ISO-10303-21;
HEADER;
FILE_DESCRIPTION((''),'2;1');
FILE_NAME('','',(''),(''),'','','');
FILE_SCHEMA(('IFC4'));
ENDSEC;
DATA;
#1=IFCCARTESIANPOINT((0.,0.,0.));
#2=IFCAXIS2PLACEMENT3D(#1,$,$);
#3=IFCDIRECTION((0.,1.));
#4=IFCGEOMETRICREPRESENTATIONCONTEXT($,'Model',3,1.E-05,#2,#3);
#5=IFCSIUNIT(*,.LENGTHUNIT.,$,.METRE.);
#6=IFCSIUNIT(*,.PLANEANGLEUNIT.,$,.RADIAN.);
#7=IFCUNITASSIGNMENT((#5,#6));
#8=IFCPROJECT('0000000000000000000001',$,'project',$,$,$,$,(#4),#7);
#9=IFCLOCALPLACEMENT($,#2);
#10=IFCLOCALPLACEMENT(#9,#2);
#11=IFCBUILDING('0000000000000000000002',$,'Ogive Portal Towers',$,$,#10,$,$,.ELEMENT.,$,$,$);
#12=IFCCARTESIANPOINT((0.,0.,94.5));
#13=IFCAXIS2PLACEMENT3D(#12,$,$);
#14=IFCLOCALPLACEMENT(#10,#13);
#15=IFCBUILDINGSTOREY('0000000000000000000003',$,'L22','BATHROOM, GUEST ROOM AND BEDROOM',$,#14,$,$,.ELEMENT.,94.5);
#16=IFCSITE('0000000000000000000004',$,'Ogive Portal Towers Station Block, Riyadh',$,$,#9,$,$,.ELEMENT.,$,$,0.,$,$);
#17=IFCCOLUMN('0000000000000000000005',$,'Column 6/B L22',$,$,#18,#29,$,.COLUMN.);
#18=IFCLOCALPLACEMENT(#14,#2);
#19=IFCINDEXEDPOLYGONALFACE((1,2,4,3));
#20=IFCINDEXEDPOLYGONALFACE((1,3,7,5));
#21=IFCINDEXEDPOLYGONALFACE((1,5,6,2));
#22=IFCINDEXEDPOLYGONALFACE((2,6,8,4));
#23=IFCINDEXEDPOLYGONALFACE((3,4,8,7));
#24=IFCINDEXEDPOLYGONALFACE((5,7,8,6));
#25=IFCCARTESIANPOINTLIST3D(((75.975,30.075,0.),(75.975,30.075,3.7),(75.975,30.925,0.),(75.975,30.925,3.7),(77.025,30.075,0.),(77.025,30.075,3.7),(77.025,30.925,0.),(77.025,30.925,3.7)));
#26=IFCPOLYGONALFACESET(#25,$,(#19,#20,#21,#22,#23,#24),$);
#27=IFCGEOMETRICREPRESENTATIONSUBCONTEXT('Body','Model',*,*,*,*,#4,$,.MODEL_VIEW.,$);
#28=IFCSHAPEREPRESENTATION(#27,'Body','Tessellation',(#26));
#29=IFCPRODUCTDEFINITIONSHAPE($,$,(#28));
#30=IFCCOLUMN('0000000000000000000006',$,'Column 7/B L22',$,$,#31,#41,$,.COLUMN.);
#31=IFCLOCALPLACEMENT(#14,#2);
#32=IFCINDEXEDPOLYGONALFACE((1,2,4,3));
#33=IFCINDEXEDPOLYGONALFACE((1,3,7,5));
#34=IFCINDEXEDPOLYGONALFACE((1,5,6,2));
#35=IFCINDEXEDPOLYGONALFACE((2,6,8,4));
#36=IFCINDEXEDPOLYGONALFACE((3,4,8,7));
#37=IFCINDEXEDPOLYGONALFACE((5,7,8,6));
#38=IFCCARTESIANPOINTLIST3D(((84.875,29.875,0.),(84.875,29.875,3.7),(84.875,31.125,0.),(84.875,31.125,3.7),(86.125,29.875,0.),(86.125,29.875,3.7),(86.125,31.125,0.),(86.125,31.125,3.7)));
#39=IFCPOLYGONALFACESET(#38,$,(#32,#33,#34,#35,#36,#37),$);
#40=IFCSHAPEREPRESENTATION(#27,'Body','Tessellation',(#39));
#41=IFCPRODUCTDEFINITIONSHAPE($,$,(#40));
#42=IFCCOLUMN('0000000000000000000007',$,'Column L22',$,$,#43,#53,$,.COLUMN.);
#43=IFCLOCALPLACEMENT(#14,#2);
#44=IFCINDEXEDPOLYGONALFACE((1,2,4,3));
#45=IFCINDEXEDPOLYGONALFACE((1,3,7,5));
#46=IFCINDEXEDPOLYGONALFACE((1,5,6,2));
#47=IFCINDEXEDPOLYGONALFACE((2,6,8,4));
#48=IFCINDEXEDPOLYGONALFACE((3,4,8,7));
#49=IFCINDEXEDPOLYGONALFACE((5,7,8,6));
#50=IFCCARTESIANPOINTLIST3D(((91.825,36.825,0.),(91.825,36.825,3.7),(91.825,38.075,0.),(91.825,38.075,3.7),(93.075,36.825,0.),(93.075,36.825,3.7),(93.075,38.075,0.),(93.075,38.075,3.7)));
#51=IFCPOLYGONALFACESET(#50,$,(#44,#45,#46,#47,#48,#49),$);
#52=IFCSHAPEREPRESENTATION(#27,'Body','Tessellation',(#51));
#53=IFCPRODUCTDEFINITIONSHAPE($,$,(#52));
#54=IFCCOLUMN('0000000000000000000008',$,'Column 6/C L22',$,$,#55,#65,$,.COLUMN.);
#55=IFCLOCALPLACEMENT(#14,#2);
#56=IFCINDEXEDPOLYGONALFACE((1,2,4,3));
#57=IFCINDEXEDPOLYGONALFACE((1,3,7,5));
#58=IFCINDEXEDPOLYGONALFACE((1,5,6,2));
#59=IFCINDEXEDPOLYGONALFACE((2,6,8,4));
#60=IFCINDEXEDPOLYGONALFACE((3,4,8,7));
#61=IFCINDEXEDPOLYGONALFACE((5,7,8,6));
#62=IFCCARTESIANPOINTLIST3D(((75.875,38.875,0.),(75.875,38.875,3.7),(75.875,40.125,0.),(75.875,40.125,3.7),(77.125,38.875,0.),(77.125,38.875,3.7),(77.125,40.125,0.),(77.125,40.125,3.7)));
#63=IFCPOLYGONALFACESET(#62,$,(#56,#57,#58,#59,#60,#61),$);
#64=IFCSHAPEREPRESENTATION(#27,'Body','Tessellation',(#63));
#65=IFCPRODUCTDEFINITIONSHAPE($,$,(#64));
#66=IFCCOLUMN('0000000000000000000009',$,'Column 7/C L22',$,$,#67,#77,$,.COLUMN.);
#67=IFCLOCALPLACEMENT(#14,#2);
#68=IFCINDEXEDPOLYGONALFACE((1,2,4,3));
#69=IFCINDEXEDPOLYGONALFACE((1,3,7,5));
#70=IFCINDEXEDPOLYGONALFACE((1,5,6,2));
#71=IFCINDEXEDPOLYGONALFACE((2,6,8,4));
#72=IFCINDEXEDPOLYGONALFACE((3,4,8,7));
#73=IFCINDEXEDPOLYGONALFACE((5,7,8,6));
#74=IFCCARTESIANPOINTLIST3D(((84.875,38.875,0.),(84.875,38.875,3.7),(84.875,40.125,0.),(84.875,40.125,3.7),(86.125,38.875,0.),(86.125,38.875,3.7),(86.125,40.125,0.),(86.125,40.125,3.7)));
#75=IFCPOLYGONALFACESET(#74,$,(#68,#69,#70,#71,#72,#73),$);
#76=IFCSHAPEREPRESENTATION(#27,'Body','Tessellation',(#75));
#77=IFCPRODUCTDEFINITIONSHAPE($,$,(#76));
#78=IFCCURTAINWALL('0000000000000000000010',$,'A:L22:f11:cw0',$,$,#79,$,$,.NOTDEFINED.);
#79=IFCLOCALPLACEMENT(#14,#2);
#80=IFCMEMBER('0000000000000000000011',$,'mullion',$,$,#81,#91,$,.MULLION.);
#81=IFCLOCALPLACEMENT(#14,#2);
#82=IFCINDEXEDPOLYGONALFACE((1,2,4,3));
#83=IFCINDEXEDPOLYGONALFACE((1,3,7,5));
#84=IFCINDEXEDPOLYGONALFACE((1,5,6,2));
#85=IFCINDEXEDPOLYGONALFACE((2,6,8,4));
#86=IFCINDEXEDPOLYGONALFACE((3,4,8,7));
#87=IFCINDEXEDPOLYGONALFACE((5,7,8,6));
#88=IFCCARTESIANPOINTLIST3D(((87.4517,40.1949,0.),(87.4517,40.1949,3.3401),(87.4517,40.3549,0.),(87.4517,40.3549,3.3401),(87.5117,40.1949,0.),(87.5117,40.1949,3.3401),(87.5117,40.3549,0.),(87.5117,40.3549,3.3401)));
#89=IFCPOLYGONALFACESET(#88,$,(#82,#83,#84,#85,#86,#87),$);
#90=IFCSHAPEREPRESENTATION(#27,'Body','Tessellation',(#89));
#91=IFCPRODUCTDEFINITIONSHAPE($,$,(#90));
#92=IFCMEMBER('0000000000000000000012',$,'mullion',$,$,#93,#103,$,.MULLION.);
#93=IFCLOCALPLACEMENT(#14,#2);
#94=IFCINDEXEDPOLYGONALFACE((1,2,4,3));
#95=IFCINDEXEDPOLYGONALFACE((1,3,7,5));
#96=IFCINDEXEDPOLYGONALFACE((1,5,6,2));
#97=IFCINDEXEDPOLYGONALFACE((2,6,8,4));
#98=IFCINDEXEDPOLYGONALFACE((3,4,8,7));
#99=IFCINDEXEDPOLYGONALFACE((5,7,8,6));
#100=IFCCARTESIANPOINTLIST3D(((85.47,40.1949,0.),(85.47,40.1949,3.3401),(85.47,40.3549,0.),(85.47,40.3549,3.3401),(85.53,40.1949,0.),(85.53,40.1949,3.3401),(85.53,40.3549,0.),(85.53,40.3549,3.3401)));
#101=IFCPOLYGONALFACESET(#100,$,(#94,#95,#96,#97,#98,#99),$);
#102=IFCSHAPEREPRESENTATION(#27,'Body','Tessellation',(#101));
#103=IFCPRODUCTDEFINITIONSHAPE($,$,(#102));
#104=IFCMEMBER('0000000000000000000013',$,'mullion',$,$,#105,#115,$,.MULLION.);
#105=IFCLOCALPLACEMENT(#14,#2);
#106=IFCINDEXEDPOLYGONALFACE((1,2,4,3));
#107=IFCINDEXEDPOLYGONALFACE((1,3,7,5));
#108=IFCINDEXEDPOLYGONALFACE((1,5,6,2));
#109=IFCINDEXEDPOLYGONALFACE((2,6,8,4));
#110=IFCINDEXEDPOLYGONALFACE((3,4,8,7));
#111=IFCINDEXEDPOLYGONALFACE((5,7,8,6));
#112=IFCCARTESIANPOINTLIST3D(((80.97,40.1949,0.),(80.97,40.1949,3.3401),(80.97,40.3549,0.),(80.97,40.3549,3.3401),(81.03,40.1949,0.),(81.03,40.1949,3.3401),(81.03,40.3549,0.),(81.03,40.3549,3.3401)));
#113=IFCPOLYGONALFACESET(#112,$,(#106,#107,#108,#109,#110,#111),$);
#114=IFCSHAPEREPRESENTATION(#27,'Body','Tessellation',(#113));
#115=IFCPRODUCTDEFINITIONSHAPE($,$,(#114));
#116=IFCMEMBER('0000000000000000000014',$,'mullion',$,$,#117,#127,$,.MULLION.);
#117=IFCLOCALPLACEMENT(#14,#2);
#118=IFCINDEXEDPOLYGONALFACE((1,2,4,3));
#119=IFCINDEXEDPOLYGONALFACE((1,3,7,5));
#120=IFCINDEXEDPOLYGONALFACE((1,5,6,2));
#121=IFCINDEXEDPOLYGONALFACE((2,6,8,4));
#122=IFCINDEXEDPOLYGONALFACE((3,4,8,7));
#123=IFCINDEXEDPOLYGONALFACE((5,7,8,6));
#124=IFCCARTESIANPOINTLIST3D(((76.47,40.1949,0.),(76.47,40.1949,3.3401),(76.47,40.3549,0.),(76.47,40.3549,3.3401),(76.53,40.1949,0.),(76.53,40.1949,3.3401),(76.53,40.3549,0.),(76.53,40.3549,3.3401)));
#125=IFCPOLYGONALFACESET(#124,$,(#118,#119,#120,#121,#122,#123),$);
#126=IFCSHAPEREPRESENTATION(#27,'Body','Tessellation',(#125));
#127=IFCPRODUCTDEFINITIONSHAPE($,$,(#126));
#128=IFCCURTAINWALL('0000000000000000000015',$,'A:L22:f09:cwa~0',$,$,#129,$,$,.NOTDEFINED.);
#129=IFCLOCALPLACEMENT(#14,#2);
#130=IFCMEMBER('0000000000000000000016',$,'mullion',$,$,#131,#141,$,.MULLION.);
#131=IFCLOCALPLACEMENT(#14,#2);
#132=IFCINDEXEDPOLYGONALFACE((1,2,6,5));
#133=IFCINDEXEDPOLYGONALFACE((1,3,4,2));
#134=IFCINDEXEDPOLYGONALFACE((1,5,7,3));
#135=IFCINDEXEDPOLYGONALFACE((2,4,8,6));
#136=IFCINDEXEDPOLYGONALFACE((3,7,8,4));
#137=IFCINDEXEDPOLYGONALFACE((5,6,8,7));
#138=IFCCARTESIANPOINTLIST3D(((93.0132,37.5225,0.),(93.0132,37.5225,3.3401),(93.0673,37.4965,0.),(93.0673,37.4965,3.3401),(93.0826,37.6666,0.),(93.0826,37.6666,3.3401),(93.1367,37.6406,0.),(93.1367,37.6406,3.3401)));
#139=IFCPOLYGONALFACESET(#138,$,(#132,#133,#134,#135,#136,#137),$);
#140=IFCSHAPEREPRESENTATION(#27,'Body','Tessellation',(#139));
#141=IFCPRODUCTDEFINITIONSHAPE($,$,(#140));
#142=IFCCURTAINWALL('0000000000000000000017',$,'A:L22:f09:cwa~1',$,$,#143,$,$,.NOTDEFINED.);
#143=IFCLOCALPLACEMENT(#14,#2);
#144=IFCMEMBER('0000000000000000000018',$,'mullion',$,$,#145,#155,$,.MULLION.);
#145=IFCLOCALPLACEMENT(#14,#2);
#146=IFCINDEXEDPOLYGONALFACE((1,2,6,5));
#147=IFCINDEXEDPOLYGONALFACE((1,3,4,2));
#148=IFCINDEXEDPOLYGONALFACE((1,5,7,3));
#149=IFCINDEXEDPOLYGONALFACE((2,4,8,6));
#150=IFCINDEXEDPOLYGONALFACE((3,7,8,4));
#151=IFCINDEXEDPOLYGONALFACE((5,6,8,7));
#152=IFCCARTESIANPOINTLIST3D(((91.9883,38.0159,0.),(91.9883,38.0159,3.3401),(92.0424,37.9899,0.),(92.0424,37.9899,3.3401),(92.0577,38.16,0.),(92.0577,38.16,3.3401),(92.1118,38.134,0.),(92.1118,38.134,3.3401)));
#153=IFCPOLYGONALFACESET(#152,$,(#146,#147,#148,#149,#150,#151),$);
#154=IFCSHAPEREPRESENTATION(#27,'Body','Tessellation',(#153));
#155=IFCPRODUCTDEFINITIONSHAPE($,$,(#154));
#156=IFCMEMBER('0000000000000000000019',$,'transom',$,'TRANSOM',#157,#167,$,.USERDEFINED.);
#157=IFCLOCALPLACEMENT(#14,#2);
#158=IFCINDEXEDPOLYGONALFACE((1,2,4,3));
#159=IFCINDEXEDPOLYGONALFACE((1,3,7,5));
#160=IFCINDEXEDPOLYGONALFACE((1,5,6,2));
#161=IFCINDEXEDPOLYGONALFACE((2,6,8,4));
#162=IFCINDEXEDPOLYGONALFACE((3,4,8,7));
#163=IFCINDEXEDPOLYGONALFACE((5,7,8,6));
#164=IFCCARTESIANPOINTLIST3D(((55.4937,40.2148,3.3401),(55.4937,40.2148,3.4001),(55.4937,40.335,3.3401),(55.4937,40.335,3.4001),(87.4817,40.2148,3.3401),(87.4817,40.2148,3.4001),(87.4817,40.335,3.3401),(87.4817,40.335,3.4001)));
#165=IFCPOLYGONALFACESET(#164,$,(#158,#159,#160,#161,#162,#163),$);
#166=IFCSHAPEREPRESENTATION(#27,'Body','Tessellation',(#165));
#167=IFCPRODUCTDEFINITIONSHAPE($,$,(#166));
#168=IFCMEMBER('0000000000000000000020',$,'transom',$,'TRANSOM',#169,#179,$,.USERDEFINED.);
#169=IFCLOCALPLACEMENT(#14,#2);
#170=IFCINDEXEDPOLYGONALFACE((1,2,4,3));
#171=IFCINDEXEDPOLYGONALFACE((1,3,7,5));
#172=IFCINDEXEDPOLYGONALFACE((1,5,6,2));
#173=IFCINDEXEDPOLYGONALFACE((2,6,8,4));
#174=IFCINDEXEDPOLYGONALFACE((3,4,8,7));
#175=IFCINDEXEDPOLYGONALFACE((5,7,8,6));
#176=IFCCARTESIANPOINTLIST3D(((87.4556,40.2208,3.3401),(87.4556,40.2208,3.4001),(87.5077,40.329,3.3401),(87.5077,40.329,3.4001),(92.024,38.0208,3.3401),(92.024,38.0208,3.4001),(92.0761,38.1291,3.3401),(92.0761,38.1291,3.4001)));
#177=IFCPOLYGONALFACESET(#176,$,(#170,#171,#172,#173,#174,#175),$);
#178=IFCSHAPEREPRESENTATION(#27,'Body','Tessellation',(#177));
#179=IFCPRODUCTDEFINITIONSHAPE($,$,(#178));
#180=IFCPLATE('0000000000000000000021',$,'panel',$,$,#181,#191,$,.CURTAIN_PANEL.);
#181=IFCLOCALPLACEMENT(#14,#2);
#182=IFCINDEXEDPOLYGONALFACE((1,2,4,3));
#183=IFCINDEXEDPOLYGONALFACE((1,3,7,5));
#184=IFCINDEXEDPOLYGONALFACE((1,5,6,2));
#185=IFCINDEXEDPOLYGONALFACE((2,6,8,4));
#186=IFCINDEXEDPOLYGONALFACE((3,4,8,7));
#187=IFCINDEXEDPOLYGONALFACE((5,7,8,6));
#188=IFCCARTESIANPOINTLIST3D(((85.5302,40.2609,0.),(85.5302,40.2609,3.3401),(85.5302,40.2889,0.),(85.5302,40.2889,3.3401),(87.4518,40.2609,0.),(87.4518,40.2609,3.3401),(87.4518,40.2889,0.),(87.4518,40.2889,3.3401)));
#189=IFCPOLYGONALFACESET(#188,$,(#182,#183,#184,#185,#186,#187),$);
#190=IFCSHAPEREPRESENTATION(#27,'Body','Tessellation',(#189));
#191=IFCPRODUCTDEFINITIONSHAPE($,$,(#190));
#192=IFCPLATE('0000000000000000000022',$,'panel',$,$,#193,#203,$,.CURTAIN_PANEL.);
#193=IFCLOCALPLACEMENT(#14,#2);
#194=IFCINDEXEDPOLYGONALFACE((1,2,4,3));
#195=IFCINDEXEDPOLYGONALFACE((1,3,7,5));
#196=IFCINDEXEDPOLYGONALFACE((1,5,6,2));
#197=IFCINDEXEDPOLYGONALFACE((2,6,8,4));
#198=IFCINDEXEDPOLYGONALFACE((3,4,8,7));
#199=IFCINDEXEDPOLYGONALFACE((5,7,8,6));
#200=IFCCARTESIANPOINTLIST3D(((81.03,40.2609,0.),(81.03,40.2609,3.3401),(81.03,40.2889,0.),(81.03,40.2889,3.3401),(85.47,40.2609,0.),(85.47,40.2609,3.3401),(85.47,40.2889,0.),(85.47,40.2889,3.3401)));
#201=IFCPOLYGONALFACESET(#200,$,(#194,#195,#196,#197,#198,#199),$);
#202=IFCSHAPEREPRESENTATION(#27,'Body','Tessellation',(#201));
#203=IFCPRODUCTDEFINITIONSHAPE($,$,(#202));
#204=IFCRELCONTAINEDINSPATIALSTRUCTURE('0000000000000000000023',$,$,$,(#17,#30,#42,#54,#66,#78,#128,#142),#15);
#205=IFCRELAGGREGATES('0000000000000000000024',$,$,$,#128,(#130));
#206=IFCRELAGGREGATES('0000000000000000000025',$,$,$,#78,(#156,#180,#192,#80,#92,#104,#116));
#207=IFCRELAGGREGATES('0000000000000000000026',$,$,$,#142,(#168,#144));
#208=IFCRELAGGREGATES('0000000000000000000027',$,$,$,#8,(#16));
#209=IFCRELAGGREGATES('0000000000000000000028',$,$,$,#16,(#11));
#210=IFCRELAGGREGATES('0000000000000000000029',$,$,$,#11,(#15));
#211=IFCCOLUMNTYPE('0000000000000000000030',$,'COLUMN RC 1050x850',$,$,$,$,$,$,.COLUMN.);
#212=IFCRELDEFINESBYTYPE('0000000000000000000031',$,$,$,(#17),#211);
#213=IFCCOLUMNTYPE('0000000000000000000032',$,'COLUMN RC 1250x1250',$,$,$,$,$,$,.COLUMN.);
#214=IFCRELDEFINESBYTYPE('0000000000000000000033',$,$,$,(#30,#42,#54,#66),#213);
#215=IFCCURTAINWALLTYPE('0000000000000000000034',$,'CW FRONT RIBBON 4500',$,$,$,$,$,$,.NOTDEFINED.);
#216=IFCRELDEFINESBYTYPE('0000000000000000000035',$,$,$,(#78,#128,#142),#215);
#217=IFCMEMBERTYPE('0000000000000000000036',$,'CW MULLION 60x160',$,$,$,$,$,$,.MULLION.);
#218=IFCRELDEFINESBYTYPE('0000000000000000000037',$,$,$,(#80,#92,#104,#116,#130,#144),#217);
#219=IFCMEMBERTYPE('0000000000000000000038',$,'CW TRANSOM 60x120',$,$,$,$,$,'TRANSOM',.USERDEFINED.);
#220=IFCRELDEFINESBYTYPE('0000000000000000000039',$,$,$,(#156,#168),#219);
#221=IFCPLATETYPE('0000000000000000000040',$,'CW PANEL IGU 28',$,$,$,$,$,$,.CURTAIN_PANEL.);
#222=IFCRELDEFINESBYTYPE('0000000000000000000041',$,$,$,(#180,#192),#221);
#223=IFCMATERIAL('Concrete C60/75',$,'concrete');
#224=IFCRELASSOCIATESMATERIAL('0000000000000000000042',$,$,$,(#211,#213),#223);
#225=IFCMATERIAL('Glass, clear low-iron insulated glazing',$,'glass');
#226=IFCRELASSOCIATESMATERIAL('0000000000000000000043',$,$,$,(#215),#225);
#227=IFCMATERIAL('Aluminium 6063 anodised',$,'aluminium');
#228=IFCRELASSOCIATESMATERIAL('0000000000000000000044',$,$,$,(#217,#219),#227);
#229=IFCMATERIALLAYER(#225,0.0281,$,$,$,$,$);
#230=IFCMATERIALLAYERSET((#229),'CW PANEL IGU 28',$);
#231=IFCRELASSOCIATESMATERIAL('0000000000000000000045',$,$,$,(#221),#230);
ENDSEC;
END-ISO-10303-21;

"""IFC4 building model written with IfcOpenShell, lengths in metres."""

from ifc_helpers import new_model, si_unit, direction, frame, origin, origin_2d, place, context, subcontext, project, spatial, rectangle, extrude, material, layer, layer_set, material_profile, profile_set, type_object, element, aggregate, save


model = new_model("IFC4")

# Units and contexts
model_context = context("Model", 3, precision=1e-05, world=origin(), true_north=direction((0.0, 1.0)))
body_context = subcontext(model_context, "Body", "Model", "MODEL_VIEW")
ifc_project = project(units=[si_unit("LENGTHUNIT", "METRE"), si_unit("PLANEANGLEUNIT", "RADIAN")], contexts=[model_context])

# Site, building, storey
site_placement = place(None, origin())
site = spatial("IfcSite", under=ifc_project, at=site_placement, Name="Ogive Portal Towers Station Block, Riyadh", CompositionType="ELEMENT", RefElevation=0.0)
building_placement = place(site_placement, origin())
building = spatial("IfcBuilding", under=site, at=building_placement, Name="Ogive Portal Towers", CompositionType="ELEMENT")
storey_placement = place(building_placement, frame((0.0, 0.0, 94.5)))
storey = spatial("IfcBuildingStorey", under=building, at=storey_placement, Name="L22", Description="BATHROOM, GUEST ROOM AND BEDROOM", CompositionType="ELEMENT", Elevation=94.5)

# Columns
ifc_material_1 = material(Name="Concrete C60/75", Category="concrete")
ifc_material_profile_1 = material_profile(ifc_material_1, rectangle(XDim=1.05, YDim=0.8501, at=origin_2d()), Name="RC 1050x850")
ifc_profile_set_1 = profile_set([ifc_material_profile_1], Name="Concrete C60/75")
column_type_1 = type_object("IfcColumnType", Name="COLUMN RC 1050x850", PredefinedType="COLUMN", material=ifc_profile_set_1)
column_placement = place(storey_placement, frame((76.5, 30.5, 0.0), z_axis=(0.0, 0.0, 1.0), x_axis=(1.0, 0.0, 0.0)))
element("IfcColumn", 1, at=column_placement, inside=storey, type_object=column_type_1, Name="Column 6/B L22", PredefinedType="COLUMN", context=body_context, shape_type="SweptSolid", body=[
    extrude(rectangle(XDim=1.05, YDim=0.8501, at=origin_2d()), origin(), (0.0, 0.0, 1.0), 3.7),
])
ifc_material_profile_2 = material_profile(ifc_material_1, rectangle(XDim=1.25, YDim=1.25, at=origin_2d()), Name="RC 1250x1250")
ifc_profile_set_2 = profile_set([ifc_material_profile_2], Name="Concrete C60/75")
column_type_2 = type_object("IfcColumnType", Name="COLUMN RC 1250x1250", PredefinedType="COLUMN", material=ifc_profile_set_2)
for number, where, z_axis, x_axis, name in (
    (2, (85.5, 30.5, 0.0), (0.0, 0.0, 1.0), (1.0, 0.0, 0.0), "Column 7/B L22"),
    (3, (92.45, 37.45, 0.0), (0.0, 0.0, 1.0), (1.0, 0.0, 0.0), "Column L22"),
    (4, (76.5, 39.5, 0.0), (0.0, 0.0, 1.0), (1.0, 0.0, 0.0), "Column 6/C L22"),
    (5, (85.5, 39.5, 0.0), (0.0, 0.0, 1.0), (1.0, 0.0, 0.0), "Column 7/C L22"),
):
    element("IfcColumn", number, at=place(storey_placement, frame(where, z_axis=z_axis, x_axis=x_axis)), inside=storey, type_object=column_type_2, Name=name, PredefinedType="COLUMN", context=body_context, shape_type="SweptSolid", body=[
        extrude(rectangle(XDim=1.25, YDim=1.25, at=origin_2d()), origin(), (0.0, 0.0, 1.0), 3.7),
    ])

# Curtain wall, members
ifc_material_2 = material(Name="Glass, clear low-iron insulated glazing", Category="glass")
curtain_wall_type = type_object("IfcCurtainWallType", Name="CW FRONT RIBBON 4500", PredefinedType="NOTDEFINED", material=ifc_material_2)
curtain_wall_1_placement = place(storey_placement, origin())
curtain_wall_1 = element("IfcCurtainWall", 6, at=curtain_wall_1_placement, inside=storey, type_object=curtain_wall_type, Name="A:L22:f11:cw0", PredefinedType="NOTDEFINED")
ifc_material_3 = material(Name="Aluminium 6063 anodised", Category="aluminium")
ifc_material_profile_3 = material_profile(ifc_material_3, rectangle(XDim=0.1599, YDim=0.0601, at=origin_2d()), Name="AL 60x160")
ifc_profile_set_3 = profile_set([ifc_material_profile_3], Name="Aluminium 6063 anodised")
member_type_1 = type_object("IfcMemberType", Name="CW MULLION 60x160", PredefinedType="MULLION", material=ifc_profile_set_3)
member_1_placement = place(storey_placement, frame((87.4817, 40.2749, 0.0), z_axis=(0.0, 0.0, 1.0), x_axis=(0.0, -1.0, 0.0)))
member_1 = element("IfcMember", 7, at=member_1_placement, type_object=member_type_1, Name="mullion", PredefinedType="MULLION", context=body_context, shape_type="SweptSolid", body=[
    extrude(rectangle(XDim=0.1599, YDim=0.0601, at=origin_2d()), origin(), (0.0, 0.0, 1.0), 3.3401),
])
member_2_placement = place(storey_placement, frame((85.5, 40.2749, 0.0), z_axis=(0.0, 0.0, 1.0), x_axis=(0.0, -1.0, 0.0)))
member_2 = element("IfcMember", 8, at=member_2_placement, type_object=member_type_1, Name="mullion", PredefinedType="MULLION", context=body_context, shape_type="SweptSolid", body=[
    extrude(rectangle(XDim=0.1599, YDim=0.0601, at=origin_2d()), origin(), (0.0, 0.0, 1.0), 3.3401),
])
member_3_placement = place(storey_placement, frame((81.0, 40.2749, 0.0), z_axis=(0.0, 0.0, 1.0), x_axis=(0.0, -1.0, 0.0)))
member_3 = element("IfcMember", 9, at=member_3_placement, type_object=member_type_1, Name="mullion", PredefinedType="MULLION", context=body_context, shape_type="SweptSolid", body=[
    extrude(rectangle(XDim=0.1599, YDim=0.0601, at=origin_2d()), origin(), (0.0, 0.0, 1.0), 3.3401),
])
member_4_placement = place(storey_placement, frame((76.5, 40.2749, 0.0), z_axis=(0.0, 0.0, 1.0), x_axis=(0.0, -1.0, 0.0)))
member_4 = element("IfcMember", 10, at=member_4_placement, type_object=member_type_1, Name="mullion", PredefinedType="MULLION", context=body_context, shape_type="SweptSolid", body=[
    extrude(rectangle(XDim=0.1599, YDim=0.0601, at=origin_2d()), origin(), (0.0, 0.0, 1.0), 3.3401),
])

# Curtain walls, members
curtain_wall_2_placement = place(storey_placement, origin())
curtain_wall_2 = element("IfcCurtainWall", 11, at=curtain_wall_2_placement, inside=storey, type_object=curtain_wall_type, Name="A:L22:f09:cwa~0", PredefinedType="NOTDEFINED")
member_5_placement = place(storey_placement, frame((93.075, 37.5815, 0.0), z_axis=(0.0, 0.0, 1.0), x_axis=(-0.433884, -0.900969, 0.0)))
member_5 = element("IfcMember", 12, at=member_5_placement, type_object=member_type_1, Name="mullion", PredefinedType="MULLION", context=body_context, shape_type="SweptSolid", body=[
    extrude(rectangle(XDim=0.1599, YDim=0.0601, at=origin_2d()), origin(), (0.0, 0.0, 1.0), 3.3401),
])
aggregate(curtain_wall_2, [member_5])
curtain_wall_3_placement = place(storey_placement, origin())
curtain_wall_3 = element("IfcCurtainWall", 13, at=curtain_wall_3_placement, inside=storey, type_object=curtain_wall_type, Name="A:L22:f09:cwa~1", PredefinedType="NOTDEFINED")
member_6_placement = place(storey_placement, frame((92.05, 38.075, 0.0), z_axis=(0.0, 0.0, 1.0), x_axis=(-0.433884, -0.900969, 0.0)))
member_6 = element("IfcMember", 14, at=member_6_placement, type_object=member_type_1, Name="mullion", PredefinedType="MULLION", context=body_context, shape_type="SweptSolid", body=[
    extrude(rectangle(XDim=0.1599, YDim=0.0601, at=origin_2d()), origin(), (0.0, 0.0, 1.0), 3.3401),
])

# Members
ifc_material_profile_4 = material_profile(ifc_material_3, rectangle(XDim=0.1201, YDim=0.0601, at=origin_2d()), Name="AL 120x60")
ifc_profile_set_4 = profile_set([ifc_material_profile_4], Name="Aluminium 6063 anodised")
member_type_2 = type_object("IfcMemberType", Name="CW TRANSOM 60x120", ElementType="TRANSOM", PredefinedType="USERDEFINED", material=ifc_profile_set_4)
member_7_placement = place(storey_placement, frame((87.4817, 40.2749, 3.3701), z_axis=(-1.0, 0.0, 0.0), x_axis=(0.0, -1.0, 0.0)))
member_7 = element("IfcMember", 15, at=member_7_placement, type_object=member_type_2, Name="transom", ObjectType="TRANSOM", PredefinedType="USERDEFINED", context=body_context, shape_type="SweptSolid", body=[
    extrude(rectangle(XDim=0.1201, YDim=0.0601, at=origin_2d()), origin(), (0.0, 0.0, 1.0), 31.988),
])
member_8_placement = place(storey_placement, frame((92.05, 38.075, 3.3701), z_axis=(-0.900973, 0.433875, 0.0), x_axis=(-0.433875, -0.900973, 0.0)))
member_8 = element("IfcMember", 16, at=member_8_placement, type_object=member_type_2, Name="transom", ObjectType="TRANSOM", PredefinedType="USERDEFINED", context=body_context, shape_type="SweptSolid", body=[
    extrude(rectangle(XDim=0.1201, YDim=0.0601, at=origin_2d()), origin(), (0.0, 0.0, 1.0), 5.0706),
])

# Plates
ifc_layer_1 = layer(ifc_material_2, 0.0281)
ifc_layer_set_1 = layer_set([ifc_layer_1], Name="CW PANEL IGU 28")
plate_type = type_object("IfcPlateType", Name="CW PANEL IGU 28", PredefinedType="CURTAIN_PANEL", material=ifc_layer_set_1)
plate_1_placement = place(storey_placement, frame((86.491, 40.2749, 0.0), z_axis=(0.0, 0.0, 1.0), x_axis=(-1.0, 0.0, 0.0)))
plate_1 = element("IfcPlate", 17, at=plate_1_placement, type_object=plate_type, Name="panel", PredefinedType="CURTAIN_PANEL", context=body_context, shape_type="SweptSolid", body=[
    extrude(rectangle(XDim=1.9216, YDim=0.0281, at=origin_2d()), origin(), (0.0, 0.0, 1.0), 3.3401),
])
plate_2_placement = place(storey_placement, frame((83.25, 40.2749, 0.0), z_axis=(0.0, 0.0, 1.0), x_axis=(-1.0, 0.0, 0.0)))
plate_2 = element("IfcPlate", 18, at=plate_2_placement, type_object=plate_type, Name="panel", PredefinedType="CURTAIN_PANEL", context=body_context, shape_type="SweptSolid", body=[
    extrude(rectangle(XDim=4.4399, YDim=0.0281, at=origin_2d()), origin(), (0.0, 0.0, 1.0), 3.3401),
])
aggregate(curtain_wall_1, [member_7, plate_1, plate_2, member_1, member_2, member_3, member_4])
aggregate(curtain_wall_3, [member_8, member_6])

save(model, "model.ifc")
